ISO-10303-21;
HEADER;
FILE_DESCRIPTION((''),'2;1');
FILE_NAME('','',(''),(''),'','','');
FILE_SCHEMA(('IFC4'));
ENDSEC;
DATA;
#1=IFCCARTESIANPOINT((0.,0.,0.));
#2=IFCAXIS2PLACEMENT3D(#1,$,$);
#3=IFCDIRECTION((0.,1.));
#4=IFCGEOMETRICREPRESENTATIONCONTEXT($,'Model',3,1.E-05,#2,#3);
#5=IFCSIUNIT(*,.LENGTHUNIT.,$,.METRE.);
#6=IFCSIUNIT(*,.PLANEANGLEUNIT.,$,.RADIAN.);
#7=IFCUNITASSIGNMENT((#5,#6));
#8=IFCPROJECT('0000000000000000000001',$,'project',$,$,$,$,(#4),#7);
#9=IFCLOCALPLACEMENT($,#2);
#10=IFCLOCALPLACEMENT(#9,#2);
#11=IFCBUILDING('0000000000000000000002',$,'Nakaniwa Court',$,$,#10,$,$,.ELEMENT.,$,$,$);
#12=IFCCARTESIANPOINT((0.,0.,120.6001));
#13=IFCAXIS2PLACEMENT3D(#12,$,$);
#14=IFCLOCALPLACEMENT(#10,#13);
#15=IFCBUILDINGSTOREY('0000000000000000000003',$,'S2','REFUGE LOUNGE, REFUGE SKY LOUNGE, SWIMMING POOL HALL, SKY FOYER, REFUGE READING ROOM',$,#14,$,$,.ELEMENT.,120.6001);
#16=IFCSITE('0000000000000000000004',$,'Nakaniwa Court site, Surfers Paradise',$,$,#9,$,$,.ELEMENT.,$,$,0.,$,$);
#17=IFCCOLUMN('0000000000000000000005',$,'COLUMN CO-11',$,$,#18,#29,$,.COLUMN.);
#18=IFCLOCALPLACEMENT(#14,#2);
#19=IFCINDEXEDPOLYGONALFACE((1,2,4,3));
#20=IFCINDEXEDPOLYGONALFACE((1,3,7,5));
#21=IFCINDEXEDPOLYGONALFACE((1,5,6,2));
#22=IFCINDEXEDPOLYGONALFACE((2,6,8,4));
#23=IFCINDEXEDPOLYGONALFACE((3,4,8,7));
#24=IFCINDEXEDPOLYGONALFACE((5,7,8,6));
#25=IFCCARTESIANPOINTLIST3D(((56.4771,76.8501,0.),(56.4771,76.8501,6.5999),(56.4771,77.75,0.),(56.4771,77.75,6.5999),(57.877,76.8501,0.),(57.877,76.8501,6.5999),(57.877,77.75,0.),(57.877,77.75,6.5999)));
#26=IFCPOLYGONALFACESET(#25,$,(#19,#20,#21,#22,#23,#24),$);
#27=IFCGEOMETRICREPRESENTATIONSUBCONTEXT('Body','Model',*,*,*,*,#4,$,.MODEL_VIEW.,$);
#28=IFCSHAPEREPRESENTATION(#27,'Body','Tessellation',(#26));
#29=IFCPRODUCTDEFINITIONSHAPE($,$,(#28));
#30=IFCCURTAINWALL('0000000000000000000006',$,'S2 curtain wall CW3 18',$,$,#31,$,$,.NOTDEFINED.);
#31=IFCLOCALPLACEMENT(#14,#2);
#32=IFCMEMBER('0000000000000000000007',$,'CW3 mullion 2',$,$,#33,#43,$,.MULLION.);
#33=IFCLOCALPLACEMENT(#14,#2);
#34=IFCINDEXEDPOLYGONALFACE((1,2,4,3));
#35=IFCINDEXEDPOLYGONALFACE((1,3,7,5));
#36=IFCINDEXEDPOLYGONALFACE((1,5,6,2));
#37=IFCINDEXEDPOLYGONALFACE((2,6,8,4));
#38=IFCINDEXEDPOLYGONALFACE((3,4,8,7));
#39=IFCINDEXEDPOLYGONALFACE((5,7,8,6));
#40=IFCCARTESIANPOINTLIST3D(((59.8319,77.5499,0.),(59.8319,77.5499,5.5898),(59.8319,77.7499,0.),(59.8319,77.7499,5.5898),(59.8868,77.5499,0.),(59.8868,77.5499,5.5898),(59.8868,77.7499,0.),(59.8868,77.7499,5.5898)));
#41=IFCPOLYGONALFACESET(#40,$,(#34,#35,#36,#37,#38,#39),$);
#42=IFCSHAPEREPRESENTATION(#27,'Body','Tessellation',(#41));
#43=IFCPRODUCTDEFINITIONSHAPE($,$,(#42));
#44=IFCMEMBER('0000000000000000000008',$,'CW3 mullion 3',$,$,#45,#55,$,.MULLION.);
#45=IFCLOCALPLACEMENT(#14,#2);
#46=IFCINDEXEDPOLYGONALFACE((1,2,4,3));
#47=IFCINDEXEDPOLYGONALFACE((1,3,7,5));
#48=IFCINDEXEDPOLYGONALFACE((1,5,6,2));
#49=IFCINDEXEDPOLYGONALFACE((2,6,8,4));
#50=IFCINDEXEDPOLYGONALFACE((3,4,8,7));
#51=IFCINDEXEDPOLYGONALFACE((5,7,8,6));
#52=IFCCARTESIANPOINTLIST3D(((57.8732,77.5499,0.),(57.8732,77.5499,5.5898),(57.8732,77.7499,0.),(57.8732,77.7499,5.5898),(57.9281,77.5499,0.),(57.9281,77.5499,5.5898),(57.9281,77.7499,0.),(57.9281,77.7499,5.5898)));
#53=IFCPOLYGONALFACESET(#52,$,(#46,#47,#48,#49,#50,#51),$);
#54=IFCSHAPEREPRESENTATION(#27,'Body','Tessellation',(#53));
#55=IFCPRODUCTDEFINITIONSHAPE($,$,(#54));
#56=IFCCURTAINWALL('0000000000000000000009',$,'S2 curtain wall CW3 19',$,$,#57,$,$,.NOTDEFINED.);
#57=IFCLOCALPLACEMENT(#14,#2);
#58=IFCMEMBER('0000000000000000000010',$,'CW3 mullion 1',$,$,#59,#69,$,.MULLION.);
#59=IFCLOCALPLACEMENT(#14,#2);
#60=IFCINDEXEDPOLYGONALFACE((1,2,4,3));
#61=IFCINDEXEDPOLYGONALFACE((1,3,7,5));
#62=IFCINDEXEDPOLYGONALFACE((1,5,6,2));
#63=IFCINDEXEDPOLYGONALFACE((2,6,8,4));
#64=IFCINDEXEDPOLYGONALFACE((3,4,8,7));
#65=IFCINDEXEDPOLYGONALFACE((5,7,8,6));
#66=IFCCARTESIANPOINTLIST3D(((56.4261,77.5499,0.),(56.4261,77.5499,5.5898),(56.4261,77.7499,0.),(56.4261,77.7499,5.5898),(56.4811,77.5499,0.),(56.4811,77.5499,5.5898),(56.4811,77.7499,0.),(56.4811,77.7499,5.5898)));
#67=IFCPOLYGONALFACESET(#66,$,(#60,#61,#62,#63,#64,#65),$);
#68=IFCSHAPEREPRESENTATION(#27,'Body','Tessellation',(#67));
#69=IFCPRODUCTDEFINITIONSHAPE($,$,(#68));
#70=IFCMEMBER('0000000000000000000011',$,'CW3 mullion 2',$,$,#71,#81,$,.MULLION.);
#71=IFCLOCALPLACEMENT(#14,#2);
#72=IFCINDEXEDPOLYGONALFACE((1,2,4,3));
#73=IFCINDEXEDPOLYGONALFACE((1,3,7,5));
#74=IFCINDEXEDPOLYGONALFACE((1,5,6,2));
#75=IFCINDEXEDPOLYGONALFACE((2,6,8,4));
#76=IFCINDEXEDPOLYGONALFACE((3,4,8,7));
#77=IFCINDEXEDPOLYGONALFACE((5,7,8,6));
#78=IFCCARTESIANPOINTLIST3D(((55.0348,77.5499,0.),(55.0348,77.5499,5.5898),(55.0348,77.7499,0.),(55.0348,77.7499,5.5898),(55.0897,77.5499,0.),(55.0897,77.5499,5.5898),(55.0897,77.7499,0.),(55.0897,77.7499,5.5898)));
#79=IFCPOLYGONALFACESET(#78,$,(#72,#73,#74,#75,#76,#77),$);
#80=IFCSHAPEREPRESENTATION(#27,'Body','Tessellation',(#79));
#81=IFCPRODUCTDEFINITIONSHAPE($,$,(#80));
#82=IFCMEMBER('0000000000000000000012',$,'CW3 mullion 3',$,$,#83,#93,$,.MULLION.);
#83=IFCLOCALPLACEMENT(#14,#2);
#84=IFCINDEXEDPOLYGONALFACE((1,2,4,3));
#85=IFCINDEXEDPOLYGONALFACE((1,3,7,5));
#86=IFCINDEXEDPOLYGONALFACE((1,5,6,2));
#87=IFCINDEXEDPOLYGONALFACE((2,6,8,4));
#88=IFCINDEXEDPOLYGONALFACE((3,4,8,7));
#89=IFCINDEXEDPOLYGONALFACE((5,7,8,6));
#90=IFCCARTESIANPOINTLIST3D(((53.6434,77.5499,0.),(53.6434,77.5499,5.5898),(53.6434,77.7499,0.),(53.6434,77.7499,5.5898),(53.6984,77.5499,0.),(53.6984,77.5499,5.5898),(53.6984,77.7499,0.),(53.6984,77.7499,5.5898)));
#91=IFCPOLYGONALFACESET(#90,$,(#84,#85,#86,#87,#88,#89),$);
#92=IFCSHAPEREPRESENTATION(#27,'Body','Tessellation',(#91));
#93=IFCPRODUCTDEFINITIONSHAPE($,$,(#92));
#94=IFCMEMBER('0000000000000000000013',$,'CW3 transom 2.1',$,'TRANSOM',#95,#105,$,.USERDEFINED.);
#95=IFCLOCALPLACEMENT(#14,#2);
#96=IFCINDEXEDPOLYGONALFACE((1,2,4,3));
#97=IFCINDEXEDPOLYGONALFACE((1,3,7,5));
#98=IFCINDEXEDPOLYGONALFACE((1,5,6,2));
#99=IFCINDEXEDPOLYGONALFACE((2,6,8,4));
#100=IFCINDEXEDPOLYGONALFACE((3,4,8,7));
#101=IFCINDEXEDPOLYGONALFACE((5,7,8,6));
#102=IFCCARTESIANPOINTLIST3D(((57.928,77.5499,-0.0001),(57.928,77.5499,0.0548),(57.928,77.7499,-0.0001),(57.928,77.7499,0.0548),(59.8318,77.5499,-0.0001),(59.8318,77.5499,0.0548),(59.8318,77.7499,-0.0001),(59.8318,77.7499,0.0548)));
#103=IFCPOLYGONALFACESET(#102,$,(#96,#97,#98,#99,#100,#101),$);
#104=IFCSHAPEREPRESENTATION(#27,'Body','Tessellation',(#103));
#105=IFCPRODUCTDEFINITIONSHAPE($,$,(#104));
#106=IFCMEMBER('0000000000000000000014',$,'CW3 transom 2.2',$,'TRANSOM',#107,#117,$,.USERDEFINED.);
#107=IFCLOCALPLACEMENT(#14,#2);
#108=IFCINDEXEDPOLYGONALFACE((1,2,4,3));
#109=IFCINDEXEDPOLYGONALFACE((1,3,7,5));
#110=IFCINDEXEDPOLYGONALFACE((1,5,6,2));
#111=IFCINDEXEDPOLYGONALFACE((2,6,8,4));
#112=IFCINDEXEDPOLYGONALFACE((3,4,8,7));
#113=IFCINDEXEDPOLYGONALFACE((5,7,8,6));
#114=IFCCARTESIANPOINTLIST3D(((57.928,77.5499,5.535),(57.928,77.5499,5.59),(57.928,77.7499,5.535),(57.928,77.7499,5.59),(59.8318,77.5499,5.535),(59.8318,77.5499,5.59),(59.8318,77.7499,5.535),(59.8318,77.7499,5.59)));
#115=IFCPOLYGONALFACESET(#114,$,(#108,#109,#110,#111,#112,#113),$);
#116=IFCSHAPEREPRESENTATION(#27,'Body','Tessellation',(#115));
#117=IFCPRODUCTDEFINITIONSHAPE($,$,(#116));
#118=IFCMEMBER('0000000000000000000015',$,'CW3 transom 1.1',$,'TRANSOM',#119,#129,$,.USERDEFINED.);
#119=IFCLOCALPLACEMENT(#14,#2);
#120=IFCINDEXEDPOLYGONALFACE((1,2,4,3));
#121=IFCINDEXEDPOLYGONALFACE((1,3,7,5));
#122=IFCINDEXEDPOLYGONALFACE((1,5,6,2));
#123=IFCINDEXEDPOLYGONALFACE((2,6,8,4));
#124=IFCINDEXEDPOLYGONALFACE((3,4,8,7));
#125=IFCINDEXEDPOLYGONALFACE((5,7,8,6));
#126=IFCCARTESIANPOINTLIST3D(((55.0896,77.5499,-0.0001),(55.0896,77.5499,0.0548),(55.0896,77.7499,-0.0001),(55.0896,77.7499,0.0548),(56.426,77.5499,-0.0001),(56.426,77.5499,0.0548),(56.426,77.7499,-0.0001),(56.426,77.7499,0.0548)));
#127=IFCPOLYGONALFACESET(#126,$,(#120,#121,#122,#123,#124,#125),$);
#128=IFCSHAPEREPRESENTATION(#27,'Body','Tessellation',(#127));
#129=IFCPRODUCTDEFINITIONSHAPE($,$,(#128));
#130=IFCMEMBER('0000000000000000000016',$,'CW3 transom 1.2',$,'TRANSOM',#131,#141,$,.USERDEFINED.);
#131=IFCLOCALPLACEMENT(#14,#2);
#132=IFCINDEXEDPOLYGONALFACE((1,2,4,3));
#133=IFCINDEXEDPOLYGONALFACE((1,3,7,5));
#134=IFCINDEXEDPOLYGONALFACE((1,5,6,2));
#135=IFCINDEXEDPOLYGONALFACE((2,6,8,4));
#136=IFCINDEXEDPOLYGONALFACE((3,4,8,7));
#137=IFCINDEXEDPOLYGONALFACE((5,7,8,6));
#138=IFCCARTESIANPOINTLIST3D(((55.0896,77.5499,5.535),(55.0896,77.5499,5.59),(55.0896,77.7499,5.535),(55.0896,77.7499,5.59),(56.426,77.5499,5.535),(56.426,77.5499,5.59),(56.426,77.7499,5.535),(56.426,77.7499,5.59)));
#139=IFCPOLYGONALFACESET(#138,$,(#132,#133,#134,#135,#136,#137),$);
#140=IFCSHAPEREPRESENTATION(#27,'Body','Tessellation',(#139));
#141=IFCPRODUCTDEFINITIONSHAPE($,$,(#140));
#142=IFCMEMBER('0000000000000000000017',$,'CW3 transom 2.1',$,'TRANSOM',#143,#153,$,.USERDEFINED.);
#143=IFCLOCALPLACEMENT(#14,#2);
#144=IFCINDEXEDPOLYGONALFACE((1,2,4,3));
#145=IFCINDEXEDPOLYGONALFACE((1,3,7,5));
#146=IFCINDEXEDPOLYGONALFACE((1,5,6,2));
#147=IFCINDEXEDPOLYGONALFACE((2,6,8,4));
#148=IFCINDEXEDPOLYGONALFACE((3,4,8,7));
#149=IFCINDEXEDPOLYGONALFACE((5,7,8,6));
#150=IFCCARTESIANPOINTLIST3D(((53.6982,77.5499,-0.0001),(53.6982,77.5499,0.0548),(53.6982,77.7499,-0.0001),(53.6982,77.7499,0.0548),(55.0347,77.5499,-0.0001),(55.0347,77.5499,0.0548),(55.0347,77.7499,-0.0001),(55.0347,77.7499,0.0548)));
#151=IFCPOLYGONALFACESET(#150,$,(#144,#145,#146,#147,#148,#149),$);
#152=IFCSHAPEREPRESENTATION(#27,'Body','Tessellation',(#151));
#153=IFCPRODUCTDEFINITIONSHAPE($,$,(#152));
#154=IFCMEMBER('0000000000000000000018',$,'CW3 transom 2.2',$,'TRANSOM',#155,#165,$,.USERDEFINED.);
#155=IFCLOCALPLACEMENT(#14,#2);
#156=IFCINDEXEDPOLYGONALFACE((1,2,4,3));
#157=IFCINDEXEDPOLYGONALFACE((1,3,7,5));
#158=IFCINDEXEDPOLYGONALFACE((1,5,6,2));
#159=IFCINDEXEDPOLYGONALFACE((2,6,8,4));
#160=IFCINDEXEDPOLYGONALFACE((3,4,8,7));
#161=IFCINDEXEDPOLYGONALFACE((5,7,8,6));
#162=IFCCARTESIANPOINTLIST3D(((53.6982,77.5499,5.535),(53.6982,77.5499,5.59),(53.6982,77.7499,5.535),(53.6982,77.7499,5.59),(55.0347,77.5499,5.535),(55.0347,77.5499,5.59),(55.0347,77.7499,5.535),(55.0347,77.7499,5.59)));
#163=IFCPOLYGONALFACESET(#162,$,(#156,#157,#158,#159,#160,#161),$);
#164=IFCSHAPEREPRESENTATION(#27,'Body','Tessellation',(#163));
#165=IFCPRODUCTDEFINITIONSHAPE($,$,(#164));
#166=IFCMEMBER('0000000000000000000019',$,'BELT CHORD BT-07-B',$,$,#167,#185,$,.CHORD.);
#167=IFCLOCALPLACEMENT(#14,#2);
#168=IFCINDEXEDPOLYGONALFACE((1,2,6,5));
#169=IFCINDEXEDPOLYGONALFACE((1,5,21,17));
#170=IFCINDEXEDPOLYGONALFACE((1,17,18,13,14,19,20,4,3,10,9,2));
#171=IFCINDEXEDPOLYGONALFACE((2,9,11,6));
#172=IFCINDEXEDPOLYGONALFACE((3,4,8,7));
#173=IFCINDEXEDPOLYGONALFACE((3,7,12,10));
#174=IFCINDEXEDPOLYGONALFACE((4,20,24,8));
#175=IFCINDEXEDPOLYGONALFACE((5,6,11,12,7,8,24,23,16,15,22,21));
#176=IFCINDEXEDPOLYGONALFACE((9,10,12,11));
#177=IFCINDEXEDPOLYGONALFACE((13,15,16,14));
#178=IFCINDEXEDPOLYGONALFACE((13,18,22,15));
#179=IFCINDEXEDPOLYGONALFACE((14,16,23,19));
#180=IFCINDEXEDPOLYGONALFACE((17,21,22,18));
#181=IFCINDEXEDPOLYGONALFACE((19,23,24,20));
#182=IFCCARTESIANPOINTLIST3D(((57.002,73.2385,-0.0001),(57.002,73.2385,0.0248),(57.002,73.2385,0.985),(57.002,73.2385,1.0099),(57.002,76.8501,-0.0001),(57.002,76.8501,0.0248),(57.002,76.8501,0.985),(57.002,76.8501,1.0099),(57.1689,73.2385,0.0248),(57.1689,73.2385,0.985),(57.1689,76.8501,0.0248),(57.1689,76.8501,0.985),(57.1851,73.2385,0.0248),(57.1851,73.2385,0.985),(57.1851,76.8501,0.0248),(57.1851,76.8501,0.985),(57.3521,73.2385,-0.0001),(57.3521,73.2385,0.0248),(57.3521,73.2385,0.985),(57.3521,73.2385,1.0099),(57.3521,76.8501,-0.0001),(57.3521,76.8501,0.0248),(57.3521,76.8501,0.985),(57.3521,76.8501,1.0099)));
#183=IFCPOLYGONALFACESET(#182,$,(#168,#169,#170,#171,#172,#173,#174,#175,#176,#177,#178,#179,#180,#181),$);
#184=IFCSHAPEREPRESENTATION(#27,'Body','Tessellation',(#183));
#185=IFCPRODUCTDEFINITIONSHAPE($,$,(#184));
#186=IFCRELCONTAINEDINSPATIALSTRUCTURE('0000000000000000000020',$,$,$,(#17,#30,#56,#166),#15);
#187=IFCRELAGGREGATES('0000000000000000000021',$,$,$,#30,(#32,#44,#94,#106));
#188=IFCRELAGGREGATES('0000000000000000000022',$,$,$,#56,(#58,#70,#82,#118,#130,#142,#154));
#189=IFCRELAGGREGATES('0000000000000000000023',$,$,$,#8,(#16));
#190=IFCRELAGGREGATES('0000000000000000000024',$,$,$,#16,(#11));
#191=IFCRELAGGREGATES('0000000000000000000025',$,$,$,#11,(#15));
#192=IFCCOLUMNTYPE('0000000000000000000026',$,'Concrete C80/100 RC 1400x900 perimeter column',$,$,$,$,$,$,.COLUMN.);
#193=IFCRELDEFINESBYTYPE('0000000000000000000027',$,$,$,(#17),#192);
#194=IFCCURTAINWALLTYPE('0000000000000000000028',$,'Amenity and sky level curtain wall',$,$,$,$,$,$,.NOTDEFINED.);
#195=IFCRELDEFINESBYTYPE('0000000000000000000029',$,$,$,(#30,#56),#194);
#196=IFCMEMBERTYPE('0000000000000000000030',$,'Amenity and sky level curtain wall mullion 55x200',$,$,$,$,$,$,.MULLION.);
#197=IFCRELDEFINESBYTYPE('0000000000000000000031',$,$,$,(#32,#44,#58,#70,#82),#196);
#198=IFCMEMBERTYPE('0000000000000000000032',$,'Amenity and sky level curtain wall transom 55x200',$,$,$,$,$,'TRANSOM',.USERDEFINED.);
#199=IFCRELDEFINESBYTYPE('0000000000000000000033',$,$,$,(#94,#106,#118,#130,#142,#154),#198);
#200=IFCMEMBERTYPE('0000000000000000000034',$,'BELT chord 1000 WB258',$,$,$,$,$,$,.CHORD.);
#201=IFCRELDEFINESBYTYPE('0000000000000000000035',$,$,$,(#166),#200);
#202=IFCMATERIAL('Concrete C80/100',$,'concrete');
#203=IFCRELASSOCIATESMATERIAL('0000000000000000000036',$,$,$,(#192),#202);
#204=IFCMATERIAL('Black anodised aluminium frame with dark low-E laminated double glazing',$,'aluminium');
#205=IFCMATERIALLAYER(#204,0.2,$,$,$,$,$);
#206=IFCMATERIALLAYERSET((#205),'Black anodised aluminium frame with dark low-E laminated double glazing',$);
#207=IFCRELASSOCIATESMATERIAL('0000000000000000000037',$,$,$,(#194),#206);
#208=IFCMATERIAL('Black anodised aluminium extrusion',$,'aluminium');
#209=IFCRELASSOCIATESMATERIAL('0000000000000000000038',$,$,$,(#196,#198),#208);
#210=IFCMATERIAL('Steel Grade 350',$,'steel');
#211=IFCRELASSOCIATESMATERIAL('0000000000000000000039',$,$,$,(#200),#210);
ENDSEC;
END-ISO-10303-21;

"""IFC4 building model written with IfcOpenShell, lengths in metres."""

from ifc_helpers import new_model, si_unit, direction, frame, origin, origin_2d, place, context, subcontext, project, spatial, rectangle, i_section, extrude, material, layer, layer_set, material_profile, profile_set, type_object, element, aggregate, save


model = new_model("IFC4")

# Units and contexts
model_context = context("Model", 3, precision=1e-05, world=origin(), true_north=direction((0.0, 1.0)))
body_context = subcontext(model_context, "Body", "Model", "MODEL_VIEW")
ifc_project = project(units=[si_unit("LENGTHUNIT", "METRE"), si_unit("PLANEANGLEUNIT", "RADIAN")], contexts=[model_context])

# Site, building, storey
site_placement = place(None, origin())
site = spatial("IfcSite", under=ifc_project, at=site_placement, Name="Nakaniwa Court site, Surfers Paradise", CompositionType="ELEMENT", RefElevation=0.0)
building_placement = place(site_placement, origin())
building = spatial("IfcBuilding", under=site, at=building_placement, Name="Nakaniwa Court", CompositionType="ELEMENT")
storey_placement = place(building_placement, frame((0.0, 0.0, 120.6001)))
storey = spatial("IfcBuildingStorey", under=building, at=storey_placement, Name="S2", Description="REFUGE LOUNGE, REFUGE SKY LOUNGE, SWIMMING POOL HALL, SKY FOYER, REFUGE READING ROOM", CompositionType="ELEMENT", Elevation=120.6001)

# Column
ifc_material_1 = material(Name="Concrete C80/100", Category="concrete")
ifc_material_profile_1 = material_profile(ifc_material_1, rectangle(XDim=1.3999, YDim=0.8999, at=origin_2d()), Name="Concrete C80/100 RC 1400x900 perimeter column")
ifc_profile_set_1 = profile_set([ifc_material_profile_1], Name="Concrete C80/100")
column_type = type_object("IfcColumnType", Name="Concrete C80/100 RC 1400x900 perimeter column", PredefinedType="COLUMN", material=ifc_profile_set_1)
column_placement = place(storey_placement, frame((57.177, 77.3, 0.0), z_axis=(0.0, 0.0, 1.0), x_axis=(-1.0, 0.0, 0.0)))
element("IfcColumn", 1, at=column_placement, inside=storey, type_object=column_type, Name="COLUMN CO-11", PredefinedType="COLUMN", context=body_context, shape_type="SweptSolid", body=[
    extrude(rectangle(XDim=1.3999, YDim=0.8999, at=origin_2d()), origin(), (0.0, 0.0, 1.0), 6.5999),
])

# Curtain walls, members
ifc_material_2 = material(Name="Black anodised aluminium frame with dark low-E laminated double glazing", Category="aluminium")
ifc_layer_1 = layer(ifc_material_2, 0.2)
ifc_layer_set_1 = layer_set([ifc_layer_1], Name="Black anodised aluminium frame with dark low-E laminated double glazing")
curtain_wall_type = type_object("IfcCurtainWallType", Name="Amenity and sky level curtain wall", PredefinedType="NOTDEFINED", material=ifc_layer_set_1)
curtain_wall_1_placement = place(storey_placement, origin())
curtain_wall_1 = element("IfcCurtainWall", 2, at=curtain_wall_1_placement, inside=storey, type_object=curtain_wall_type, Name="S2 curtain wall CW3 18", PredefinedType="NOTDEFINED")
ifc_material_3 = material(Name="Black anodised aluminium extrusion", Category="aluminium")
ifc_material_profile_2 = material_profile(ifc_material_3, rectangle(XDim=0.2, YDim=0.0549, at=origin_2d()), Name="Amenity and sky level curtain wall mullion 55x200")
ifc_profile_set_2 = profile_set([ifc_material_profile_2], Name="Black anodised aluminium extrusion")
member_type_1 = type_object("IfcMemberType", Name="Amenity and sky level curtain wall mullion 55x200", PredefinedType="MULLION", material=ifc_profile_set_2)
member_1_placement = place(storey_placement, frame((59.8594, 77.6499, 0.0), z_axis=(0.0, 0.0, 1.0), x_axis=(0.0, -1.0, 0.0)))
member_1 = element("IfcMember", 3, at=member_1_placement, type_object=member_type_1, Name="CW3 mullion 2", PredefinedType="MULLION", context=body_context, shape_type="SweptSolid", body=[
    extrude(rectangle(XDim=0.2, YDim=0.0549, at=origin_2d()), origin(), (0.0, 0.0, 1.0), 5.5898),
])
member_2_placement = place(storey_placement, frame((57.9006, 77.6499, 0.0), z_axis=(0.0, 0.0, 1.0), x_axis=(0.0, -1.0, 0.0)))
member_2 = element("IfcMember", 4, at=member_2_placement, type_object=member_type_1, Name="CW3 mullion 3", PredefinedType="MULLION", context=body_context, shape_type="SweptSolid", body=[
    extrude(rectangle(XDim=0.2, YDim=0.0549, at=origin_2d()), origin(), (0.0, 0.0, 1.0), 5.5898),
])
curtain_wall_2_placement = place(storey_placement, origin())
curtain_wall_2 = element("IfcCurtainWall", 5, at=curtain_wall_2_placement, inside=storey, type_object=curtain_wall_type, Name="S2 curtain wall CW3 19", PredefinedType="NOTDEFINED")
member_3_placement = place(storey_placement, frame((56.4536, 77.6499, 0.0), z_axis=(0.0, 0.0, 1.0), x_axis=(0.0, -1.0, 0.0)))
member_3 = element("IfcMember", 6, at=member_3_placement, type_object=member_type_1, Name="CW3 mullion 1", PredefinedType="MULLION", context=body_context, shape_type="SweptSolid", body=[
    extrude(rectangle(XDim=0.2, YDim=0.0549, at=origin_2d()), origin(), (0.0, 0.0, 1.0), 5.5898),
])
member_4_placement = place(storey_placement, frame((55.0623, 77.6499, 0.0), z_axis=(0.0, 0.0, 1.0), x_axis=(0.0, -1.0, 0.0)))
member_4 = element("IfcMember", 7, at=member_4_placement, type_object=member_type_1, Name="CW3 mullion 2", PredefinedType="MULLION", context=body_context, shape_type="SweptSolid", body=[
    extrude(rectangle(XDim=0.2, YDim=0.0549, at=origin_2d()), origin(), (0.0, 0.0, 1.0), 5.5898),
])
member_5_placement = place(storey_placement, frame((53.6709, 77.6499, 0.0), z_axis=(0.0, 0.0, 1.0), x_axis=(0.0, -1.0, 0.0)))
member_5 = element("IfcMember", 8, at=member_5_placement, type_object=member_type_1, Name="CW3 mullion 3", PredefinedType="MULLION", context=body_context, shape_type="SweptSolid", body=[
    extrude(rectangle(XDim=0.2, YDim=0.0549, at=origin_2d()), origin(), (0.0, 0.0, 1.0), 5.5898),
])

# Members
ifc_material_profile_3 = material_profile(ifc_material_3, rectangle(XDim=0.2, YDim=0.0549, at=origin_2d()), Name="Amenity and sky level curtain wall transom 55x200")
ifc_profile_set_3 = profile_set([ifc_material_profile_3], Name="Black anodised aluminium extrusion")
member_type_2 = type_object("IfcMemberType", Name="Amenity and sky level curtain wall transom 55x200", ElementType="TRANSOM", PredefinedType="USERDEFINED", material=ifc_profile_set_3)
member_6_placement = place(storey_placement, frame((59.8318, 77.6499, 0.0273), z_axis=(-1.0, 0.0, 0.0), x_axis=(0.0, -1.0, 0.0)))
member_6 = element("IfcMember", 9, at=member_6_placement, type_object=member_type_2, Name="CW3 transom 2.1", ObjectType="TRANSOM", PredefinedType="USERDEFINED", context=body_context, shape_type="SweptSolid", body=[
    extrude(rectangle(XDim=0.2, YDim=0.0549, at=origin_2d()), origin(), (0.0, 0.0, 1.0), 1.9038),
])
member_7_placement = place(storey_placement, frame((59.8318, 77.6499, 5.5625), z_axis=(-1.0, 0.0, 0.0), x_axis=(0.0, -1.0, 0.0)))
member_7 = element("IfcMember", 10, at=member_7_placement, type_object=member_type_2, Name="CW3 transom 2.2", ObjectType="TRANSOM", PredefinedType="USERDEFINED", context=body_context, shape_type="SweptSolid", body=[
    extrude(rectangle(XDim=0.2, YDim=0.0549, at=origin_2d()), origin(), (0.0, 0.0, 1.0), 1.9038),
])
member_8_placement = place(storey_placement, frame((56.426, 77.6499, 0.0273), z_axis=(-1.0, 0.0, 0.0), x_axis=(0.0, -1.0, 0.0)))
member_8 = element("IfcMember", 11, at=member_8_placement, type_object=member_type_2, Name="CW3 transom 1.1", ObjectType="TRANSOM", PredefinedType="USERDEFINED", context=body_context, shape_type="SweptSolid", body=[
    extrude(rectangle(XDim=0.2, YDim=0.0549, at=origin_2d()), origin(), (0.0, 0.0, 1.0), 1.3364),
])
member_9_placement = place(storey_placement, frame((56.426, 77.6499, 5.5625), z_axis=(-1.0, 0.0, 0.0), x_axis=(0.0, -1.0, 0.0)))
member_9 = element("IfcMember", 12, at=member_9_placement, type_object=member_type_2, Name="CW3 transom 1.2", ObjectType="TRANSOM", PredefinedType="USERDEFINED", context=body_context, shape_type="SweptSolid", body=[
    extrude(rectangle(XDim=0.2, YDim=0.0549, at=origin_2d()), origin(), (0.0, 0.0, 1.0), 1.3364),
])
member_10_placement = place(storey_placement, frame((55.0347, 77.6499, 0.0273), z_axis=(-1.0, 0.0, 0.0), x_axis=(0.0, -1.0, 0.0)))
member_10 = element("IfcMember", 13, at=member_10_placement, type_object=member_type_2, Name="CW3 transom 2.1", ObjectType="TRANSOM", PredefinedType="USERDEFINED", context=body_context, shape_type="SweptSolid", body=[
    extrude(rectangle(XDim=0.2, YDim=0.0549, at=origin_2d()), origin(), (0.0, 0.0, 1.0), 1.3364),
])
member_11_placement = place(storey_placement, frame((55.0347, 77.6499, 5.5625), z_axis=(-1.0, 0.0, 0.0), x_axis=(0.0, -1.0, 0.0)))
member_11 = element("IfcMember", 14, at=member_11_placement, type_object=member_type_2, Name="CW3 transom 2.2", ObjectType="TRANSOM", PredefinedType="USERDEFINED", context=body_context, shape_type="SweptSolid", body=[
    extrude(rectangle(XDim=0.2, YDim=0.0549, at=origin_2d()), origin(), (0.0, 0.0, 1.0), 1.3364),
])

# Member
ifc_material_4 = material(Name="Steel Grade 350", Category="steel")
ifc_material_profile_4 = material_profile(ifc_material_4, i_section(OverallWidth=0.3501, OverallDepth=1.01, WebThickness=0.0161, FlangeThickness=0.0249, at=origin_2d()), Name="1000WB258")
ifc_profile_set_4 = profile_set([ifc_material_profile_4], Name="Steel Grade 350")
member_type_3 = type_object("IfcMemberType", Name="BELT chord 1000 WB258", PredefinedType="CHORD", material=ifc_profile_set_4)
for number, where, z_axis, x_axis, name in (
    (15, (57.177, 76.8501, 0.5049), (0.0, -1.0, 0.0), (1.0, 0.0, 0.0), "BELT CHORD BT-07-B"),
):
    element("IfcMember", number, at=place(storey_placement, frame(where, z_axis=z_axis, x_axis=x_axis)), inside=storey, type_object=member_type_3, Name=name, PredefinedType="CHORD", context=body_context, shape_type="SweptSolid", body=[
        extrude(i_section(OverallWidth=0.3501, OverallDepth=1.01, WebThickness=0.0161, FlangeThickness=0.0249, at=origin_2d()), origin(), (0.0, 0.0, 1.0), 3.6116),
    ])

aggregate(curtain_wall_1, [member_1, member_2, member_6, member_7])
aggregate(curtain_wall_2, [member_3, member_4, member_5, member_8, member_9, member_10, member_11])

save(model, "model.ifc")
